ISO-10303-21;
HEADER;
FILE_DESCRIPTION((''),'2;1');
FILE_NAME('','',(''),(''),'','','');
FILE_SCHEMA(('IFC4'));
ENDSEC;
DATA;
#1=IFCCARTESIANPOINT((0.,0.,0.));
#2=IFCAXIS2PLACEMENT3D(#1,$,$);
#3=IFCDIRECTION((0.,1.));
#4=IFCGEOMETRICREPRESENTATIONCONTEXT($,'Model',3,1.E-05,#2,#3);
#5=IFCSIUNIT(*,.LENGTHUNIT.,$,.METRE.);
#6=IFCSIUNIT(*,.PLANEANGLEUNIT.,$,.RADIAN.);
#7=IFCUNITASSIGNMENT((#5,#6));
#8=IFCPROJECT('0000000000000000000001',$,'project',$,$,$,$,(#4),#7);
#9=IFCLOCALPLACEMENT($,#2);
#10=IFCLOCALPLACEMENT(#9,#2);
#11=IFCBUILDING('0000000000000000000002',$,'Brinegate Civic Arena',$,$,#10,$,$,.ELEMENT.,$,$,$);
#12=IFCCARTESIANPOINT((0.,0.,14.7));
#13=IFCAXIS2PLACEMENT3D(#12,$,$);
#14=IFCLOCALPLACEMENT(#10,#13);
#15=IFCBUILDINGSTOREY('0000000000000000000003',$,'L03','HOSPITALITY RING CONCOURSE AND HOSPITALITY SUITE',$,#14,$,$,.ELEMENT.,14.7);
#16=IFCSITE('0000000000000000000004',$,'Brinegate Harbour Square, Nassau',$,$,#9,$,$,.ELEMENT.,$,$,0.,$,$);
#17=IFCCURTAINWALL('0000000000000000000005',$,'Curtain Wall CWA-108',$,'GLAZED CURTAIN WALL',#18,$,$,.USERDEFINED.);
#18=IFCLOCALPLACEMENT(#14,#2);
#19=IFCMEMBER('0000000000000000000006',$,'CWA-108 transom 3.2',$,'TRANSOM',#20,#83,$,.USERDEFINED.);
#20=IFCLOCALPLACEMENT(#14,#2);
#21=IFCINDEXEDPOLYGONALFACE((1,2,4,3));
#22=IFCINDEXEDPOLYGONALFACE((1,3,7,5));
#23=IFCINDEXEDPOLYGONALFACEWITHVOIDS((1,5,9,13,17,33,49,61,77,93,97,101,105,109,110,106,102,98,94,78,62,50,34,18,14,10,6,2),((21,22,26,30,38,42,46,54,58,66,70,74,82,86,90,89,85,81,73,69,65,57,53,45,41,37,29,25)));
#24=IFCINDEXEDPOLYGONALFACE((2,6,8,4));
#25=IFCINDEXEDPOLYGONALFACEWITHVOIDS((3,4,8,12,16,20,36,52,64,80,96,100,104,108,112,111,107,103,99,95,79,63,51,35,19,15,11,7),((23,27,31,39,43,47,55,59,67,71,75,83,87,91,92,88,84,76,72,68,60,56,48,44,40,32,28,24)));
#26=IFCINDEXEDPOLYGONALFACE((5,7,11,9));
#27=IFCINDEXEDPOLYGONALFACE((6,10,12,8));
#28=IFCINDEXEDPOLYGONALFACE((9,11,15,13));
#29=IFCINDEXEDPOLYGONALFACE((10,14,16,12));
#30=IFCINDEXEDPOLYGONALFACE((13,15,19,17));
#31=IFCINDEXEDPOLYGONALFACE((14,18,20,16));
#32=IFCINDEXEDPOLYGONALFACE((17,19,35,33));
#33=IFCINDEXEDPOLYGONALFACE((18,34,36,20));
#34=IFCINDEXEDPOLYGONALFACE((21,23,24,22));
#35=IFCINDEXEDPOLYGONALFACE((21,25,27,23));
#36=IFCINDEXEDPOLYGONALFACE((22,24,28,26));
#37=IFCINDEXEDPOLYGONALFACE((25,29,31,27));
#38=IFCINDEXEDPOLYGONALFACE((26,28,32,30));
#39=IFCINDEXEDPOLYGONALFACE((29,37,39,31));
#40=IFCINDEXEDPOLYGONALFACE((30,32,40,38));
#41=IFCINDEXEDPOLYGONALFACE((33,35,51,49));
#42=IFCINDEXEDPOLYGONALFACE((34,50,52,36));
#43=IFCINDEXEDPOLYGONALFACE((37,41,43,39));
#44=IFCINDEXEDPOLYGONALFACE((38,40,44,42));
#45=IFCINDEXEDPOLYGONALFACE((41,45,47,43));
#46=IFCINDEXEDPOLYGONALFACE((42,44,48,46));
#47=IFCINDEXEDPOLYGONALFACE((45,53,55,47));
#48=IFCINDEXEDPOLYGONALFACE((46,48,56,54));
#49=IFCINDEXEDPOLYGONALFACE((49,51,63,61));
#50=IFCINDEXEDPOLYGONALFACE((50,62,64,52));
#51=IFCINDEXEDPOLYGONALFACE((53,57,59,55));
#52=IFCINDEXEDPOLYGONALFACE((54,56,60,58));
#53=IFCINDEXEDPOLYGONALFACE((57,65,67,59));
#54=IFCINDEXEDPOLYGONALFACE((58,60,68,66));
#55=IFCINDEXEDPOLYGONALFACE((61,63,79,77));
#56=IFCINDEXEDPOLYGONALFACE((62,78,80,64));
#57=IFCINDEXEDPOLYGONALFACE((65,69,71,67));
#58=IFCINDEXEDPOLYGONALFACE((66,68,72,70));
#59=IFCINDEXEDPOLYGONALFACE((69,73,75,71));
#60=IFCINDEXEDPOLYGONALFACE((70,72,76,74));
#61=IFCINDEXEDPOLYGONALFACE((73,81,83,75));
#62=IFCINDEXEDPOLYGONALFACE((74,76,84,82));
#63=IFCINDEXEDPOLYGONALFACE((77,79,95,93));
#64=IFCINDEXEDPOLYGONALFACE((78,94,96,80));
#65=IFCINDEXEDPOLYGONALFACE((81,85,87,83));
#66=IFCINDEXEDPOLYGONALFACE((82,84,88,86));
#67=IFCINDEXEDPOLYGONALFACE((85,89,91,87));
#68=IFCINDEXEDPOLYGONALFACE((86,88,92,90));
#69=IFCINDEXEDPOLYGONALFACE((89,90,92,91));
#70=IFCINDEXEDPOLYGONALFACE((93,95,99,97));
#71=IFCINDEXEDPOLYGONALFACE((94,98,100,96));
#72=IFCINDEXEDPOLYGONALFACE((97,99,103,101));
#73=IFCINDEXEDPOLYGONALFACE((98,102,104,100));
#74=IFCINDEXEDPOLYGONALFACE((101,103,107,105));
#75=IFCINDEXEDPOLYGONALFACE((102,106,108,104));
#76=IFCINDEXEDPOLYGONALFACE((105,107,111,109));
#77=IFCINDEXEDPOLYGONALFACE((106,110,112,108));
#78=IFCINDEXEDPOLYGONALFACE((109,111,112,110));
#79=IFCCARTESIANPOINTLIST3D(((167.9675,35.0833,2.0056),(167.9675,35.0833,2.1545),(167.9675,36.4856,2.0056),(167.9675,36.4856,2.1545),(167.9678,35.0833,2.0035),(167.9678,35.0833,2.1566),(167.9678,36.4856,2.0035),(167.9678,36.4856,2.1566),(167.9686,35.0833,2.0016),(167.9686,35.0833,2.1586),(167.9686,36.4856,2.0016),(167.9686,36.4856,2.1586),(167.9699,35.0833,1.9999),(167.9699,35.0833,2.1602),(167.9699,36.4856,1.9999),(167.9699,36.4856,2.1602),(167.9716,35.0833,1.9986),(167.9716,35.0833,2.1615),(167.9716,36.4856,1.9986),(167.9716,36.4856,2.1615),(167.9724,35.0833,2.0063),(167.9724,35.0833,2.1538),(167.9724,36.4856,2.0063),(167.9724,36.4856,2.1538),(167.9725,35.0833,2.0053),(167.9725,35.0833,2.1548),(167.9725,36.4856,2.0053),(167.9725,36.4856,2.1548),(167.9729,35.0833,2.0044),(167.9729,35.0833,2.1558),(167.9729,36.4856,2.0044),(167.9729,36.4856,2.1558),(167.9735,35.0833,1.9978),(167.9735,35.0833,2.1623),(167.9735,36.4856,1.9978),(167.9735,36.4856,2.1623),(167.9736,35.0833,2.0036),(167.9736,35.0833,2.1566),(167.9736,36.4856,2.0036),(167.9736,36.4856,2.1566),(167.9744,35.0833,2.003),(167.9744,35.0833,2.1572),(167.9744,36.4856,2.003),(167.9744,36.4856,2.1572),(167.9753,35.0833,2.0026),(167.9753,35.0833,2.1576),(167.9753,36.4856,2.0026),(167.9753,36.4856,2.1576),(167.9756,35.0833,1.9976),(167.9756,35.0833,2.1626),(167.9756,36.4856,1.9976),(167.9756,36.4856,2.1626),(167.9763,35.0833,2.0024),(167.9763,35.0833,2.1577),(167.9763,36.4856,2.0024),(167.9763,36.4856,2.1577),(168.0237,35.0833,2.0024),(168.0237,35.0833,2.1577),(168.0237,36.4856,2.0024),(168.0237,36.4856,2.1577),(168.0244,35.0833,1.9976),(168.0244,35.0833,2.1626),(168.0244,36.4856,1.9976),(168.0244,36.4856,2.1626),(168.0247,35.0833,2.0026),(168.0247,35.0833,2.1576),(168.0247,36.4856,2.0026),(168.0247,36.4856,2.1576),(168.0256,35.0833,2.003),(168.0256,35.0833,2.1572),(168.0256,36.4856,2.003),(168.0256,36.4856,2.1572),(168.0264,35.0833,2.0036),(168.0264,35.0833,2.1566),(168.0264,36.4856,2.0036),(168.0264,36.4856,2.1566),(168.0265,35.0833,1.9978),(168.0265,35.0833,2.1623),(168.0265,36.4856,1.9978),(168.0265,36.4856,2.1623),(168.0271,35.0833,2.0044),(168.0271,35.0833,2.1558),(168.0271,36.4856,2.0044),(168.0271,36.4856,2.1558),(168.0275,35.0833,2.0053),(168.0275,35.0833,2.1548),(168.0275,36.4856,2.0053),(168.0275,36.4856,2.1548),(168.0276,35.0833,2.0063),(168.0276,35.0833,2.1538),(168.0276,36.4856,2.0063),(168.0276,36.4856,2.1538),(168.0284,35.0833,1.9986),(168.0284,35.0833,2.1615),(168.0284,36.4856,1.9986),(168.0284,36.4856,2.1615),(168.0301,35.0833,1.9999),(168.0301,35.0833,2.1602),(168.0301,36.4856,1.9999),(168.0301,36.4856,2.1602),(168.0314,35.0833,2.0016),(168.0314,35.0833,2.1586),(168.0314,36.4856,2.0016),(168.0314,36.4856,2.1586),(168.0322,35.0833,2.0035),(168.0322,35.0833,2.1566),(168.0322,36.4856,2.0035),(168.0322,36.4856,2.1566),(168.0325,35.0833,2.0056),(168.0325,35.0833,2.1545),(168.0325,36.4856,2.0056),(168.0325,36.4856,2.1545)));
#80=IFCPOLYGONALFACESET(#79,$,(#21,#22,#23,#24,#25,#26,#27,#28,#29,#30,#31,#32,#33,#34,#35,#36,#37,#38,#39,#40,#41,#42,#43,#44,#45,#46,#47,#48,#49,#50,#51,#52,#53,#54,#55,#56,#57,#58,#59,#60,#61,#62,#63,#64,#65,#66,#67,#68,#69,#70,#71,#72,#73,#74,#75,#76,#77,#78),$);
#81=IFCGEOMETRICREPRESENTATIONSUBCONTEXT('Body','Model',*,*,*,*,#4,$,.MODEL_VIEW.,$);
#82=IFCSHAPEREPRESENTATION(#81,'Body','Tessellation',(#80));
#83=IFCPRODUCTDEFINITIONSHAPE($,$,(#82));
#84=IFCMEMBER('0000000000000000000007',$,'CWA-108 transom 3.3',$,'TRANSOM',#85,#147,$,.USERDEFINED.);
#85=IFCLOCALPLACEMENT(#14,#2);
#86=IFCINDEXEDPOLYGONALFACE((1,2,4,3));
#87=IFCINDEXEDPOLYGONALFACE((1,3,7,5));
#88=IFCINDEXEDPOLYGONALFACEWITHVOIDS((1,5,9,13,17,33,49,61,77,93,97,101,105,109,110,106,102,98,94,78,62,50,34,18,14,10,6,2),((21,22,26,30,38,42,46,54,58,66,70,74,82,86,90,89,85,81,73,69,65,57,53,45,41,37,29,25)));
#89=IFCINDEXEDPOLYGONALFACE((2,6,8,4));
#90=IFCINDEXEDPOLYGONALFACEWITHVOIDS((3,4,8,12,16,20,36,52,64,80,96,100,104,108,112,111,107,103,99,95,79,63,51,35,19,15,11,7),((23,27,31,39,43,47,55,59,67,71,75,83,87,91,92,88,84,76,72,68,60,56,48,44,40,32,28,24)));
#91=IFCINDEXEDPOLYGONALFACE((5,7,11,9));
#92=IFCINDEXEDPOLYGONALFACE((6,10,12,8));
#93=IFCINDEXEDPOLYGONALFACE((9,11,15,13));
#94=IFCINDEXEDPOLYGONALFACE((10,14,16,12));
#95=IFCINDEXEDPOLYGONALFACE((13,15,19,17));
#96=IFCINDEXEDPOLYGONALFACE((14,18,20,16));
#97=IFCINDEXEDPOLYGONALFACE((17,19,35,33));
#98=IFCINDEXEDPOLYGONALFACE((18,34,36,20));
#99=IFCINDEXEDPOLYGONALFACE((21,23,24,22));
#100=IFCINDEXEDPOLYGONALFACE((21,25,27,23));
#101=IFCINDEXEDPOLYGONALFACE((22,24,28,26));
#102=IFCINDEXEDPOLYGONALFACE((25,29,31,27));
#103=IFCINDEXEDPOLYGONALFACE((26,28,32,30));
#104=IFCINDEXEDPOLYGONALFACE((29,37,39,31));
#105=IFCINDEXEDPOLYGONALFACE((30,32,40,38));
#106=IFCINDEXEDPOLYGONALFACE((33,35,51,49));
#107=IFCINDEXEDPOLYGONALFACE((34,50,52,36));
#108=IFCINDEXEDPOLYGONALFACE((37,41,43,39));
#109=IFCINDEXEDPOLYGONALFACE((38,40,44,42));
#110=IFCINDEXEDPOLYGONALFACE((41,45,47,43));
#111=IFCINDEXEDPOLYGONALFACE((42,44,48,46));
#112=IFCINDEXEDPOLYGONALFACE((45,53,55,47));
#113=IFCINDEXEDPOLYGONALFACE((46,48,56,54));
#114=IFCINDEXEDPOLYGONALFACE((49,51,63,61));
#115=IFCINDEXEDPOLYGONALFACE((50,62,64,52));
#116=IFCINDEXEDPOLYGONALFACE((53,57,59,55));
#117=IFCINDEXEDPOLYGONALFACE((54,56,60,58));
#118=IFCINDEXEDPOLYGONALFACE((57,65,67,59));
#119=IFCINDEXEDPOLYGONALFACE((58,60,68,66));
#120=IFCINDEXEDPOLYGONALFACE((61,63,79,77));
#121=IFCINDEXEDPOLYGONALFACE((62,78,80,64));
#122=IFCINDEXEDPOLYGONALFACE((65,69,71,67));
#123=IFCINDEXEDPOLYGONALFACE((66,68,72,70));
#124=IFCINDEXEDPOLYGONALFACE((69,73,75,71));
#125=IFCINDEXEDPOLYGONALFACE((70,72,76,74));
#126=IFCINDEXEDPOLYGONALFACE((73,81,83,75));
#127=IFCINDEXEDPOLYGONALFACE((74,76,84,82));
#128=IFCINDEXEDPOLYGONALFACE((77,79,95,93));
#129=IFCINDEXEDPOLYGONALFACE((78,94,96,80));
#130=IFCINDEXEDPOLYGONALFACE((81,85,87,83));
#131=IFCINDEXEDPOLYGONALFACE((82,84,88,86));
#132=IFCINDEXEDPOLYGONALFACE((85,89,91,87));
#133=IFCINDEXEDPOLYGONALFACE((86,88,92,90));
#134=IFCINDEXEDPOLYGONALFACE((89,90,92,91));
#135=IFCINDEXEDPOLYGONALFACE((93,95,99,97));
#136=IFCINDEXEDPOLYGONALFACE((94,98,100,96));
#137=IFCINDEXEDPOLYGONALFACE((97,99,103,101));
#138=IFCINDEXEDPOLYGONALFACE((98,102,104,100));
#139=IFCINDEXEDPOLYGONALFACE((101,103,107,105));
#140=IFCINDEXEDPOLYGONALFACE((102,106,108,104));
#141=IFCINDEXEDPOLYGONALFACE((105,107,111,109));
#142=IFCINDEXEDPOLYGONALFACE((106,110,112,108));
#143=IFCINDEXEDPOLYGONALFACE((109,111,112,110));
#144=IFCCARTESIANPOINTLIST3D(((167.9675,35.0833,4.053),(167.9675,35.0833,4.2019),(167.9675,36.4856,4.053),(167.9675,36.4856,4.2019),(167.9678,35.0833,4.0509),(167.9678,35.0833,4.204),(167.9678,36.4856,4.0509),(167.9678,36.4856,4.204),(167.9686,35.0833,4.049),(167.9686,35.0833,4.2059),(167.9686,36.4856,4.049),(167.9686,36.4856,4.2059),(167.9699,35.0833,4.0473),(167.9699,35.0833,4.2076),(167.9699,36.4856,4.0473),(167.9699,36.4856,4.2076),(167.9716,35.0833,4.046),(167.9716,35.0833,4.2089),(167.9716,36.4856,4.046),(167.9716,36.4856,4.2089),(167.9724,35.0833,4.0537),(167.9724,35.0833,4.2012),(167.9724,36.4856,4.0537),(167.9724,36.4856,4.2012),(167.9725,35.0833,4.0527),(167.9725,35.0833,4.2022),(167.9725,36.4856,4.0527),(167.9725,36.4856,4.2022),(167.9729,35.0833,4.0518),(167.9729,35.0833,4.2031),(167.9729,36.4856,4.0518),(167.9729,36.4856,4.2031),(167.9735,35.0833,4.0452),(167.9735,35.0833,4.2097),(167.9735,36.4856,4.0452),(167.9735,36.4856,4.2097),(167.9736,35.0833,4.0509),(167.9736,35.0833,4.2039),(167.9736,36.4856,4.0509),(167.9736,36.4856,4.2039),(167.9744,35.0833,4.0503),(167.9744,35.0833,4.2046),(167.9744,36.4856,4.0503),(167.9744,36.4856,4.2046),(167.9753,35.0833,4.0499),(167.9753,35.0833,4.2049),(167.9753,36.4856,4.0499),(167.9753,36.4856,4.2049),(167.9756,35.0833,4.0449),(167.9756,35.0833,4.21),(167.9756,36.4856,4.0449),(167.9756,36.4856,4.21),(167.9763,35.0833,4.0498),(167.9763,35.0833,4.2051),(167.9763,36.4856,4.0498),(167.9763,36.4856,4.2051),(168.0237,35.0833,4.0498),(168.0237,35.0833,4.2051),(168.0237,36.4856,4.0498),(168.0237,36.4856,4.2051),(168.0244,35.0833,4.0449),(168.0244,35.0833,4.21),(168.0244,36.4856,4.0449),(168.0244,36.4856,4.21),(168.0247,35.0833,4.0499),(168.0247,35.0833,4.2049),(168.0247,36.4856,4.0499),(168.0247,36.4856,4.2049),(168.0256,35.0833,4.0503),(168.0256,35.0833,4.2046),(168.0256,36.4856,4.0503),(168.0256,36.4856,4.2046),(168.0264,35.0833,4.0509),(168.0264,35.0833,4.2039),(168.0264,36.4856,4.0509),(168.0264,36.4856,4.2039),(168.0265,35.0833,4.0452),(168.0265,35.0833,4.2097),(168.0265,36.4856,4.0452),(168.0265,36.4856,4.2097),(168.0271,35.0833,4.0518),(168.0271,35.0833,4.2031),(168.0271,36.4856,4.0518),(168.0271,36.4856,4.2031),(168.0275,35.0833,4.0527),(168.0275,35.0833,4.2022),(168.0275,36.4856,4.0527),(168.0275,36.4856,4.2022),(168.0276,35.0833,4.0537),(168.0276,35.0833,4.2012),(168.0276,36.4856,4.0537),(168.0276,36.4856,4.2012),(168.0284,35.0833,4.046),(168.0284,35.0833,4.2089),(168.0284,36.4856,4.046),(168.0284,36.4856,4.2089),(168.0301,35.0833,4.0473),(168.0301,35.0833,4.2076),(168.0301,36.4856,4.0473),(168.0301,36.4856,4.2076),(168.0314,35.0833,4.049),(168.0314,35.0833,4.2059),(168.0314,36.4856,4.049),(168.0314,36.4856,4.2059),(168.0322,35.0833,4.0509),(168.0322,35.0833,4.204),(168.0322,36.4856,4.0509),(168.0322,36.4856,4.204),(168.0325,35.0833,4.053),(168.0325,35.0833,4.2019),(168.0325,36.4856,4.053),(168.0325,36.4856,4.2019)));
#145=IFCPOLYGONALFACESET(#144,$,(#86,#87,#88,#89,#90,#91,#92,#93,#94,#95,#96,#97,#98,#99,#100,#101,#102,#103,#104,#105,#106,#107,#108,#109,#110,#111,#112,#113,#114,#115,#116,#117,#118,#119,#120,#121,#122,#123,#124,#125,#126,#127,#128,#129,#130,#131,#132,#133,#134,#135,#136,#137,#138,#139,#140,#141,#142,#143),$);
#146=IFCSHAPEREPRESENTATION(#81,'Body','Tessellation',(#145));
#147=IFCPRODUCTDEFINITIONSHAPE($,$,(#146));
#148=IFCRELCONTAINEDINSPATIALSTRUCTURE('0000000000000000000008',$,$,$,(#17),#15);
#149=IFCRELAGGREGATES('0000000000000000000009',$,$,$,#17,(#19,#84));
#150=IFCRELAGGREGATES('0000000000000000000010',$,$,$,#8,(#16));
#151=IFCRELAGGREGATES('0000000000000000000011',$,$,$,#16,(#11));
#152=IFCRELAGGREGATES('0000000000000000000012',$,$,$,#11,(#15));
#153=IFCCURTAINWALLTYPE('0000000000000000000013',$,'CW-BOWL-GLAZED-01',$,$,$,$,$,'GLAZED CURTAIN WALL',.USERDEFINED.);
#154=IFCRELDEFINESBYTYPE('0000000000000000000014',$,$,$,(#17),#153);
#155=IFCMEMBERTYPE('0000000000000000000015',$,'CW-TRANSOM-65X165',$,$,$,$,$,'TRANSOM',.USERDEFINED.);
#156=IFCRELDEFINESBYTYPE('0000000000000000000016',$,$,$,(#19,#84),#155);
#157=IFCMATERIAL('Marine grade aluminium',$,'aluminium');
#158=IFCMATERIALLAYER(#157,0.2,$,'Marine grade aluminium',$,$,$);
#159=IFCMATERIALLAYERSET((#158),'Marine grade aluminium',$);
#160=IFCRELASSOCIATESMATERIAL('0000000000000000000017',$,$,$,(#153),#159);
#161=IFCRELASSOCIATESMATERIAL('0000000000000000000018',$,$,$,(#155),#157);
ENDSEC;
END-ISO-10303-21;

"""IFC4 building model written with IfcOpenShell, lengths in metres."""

from ifc_helpers import new_model, si_unit, direction, frame, origin, origin_2d, place, context, subcontext, project, spatial, hollow_rectangle, extrude, material, layer, layer_set, material_profile, profile_set, type_object, element, aggregate, save


model = new_model("IFC4")

# Units and contexts
model_context = context("Model", 3, precision=1e-05, world=origin(), true_north=direction((0.0, 1.0)))
body_context = subcontext(model_context, "Body", "Model", "MODEL_VIEW")
ifc_project = project(units=[si_unit("LENGTHUNIT", "METRE"), si_unit("PLANEANGLEUNIT", "RADIAN")], contexts=[model_context])

# Site, building, storey
site_placement = place(None, origin())
site = spatial("IfcSite", under=ifc_project, at=site_placement, Name="Brinegate Harbour Square, Nassau", CompositionType="ELEMENT", RefElevation=0.0)
building_placement = place(site_placement, origin())
building = spatial("IfcBuilding", under=site, at=building_placement, Name="Brinegate Civic Arena", CompositionType="ELEMENT")
storey_placement = place(building_placement, frame((0.0, 0.0, 14.7)))
storey = spatial("IfcBuildingStorey", under=building, at=storey_placement, Name="L03", Description="HOSPITALITY RING CONCOURSE AND HOSPITALITY SUITE", CompositionType="ELEMENT", Elevation=14.7)

# Curtain wall, members
ifc_material_1 = material(Name="Marine grade aluminium", Category="aluminium")
ifc_layer_1 = layer(ifc_material_1, 0.2, Name="Marine grade aluminium")
ifc_layer_set_1 = layer_set([ifc_layer_1], Name="Marine grade aluminium")
curtain_wall_type = type_object("IfcCurtainWallType", Name="CW-BOWL-GLAZED-01", ElementType="GLAZED CURTAIN WALL", PredefinedType="USERDEFINED", material=ifc_layer_set_1)
curtain_wall_placement = place(storey_placement, origin())
curtain_wall = element("IfcCurtainWall", 1, at=curtain_wall_placement, inside=storey, type_object=curtain_wall_type, Name="Curtain Wall CWA-108", ObjectType="GLAZED CURTAIN WALL", PredefinedType="USERDEFINED")
ifc_material_profile_1 = material_profile(ifc_material_1, hollow_rectangle(XDim=0.0649, YDim=0.165, WallThickness=0.0049, InnerFilletRadius=0.0039, OuterFilletRadius=0.0081, at=origin_2d()), Name="TRN65X165")
ifc_profile_set_1 = profile_set([ifc_material_profile_1], Name="Marine grade aluminium")
member_type_1 = type_object("IfcMemberType", Name="CW-TRANSOM-65X165", ElementType="TRANSOM", PredefinedType="USERDEFINED", material=ifc_profile_set_1)
member_1_placement = place(storey_placement, frame((168.0, 35.0833, 2.0801), z_axis=(0.0, 1.0, 0.0), x_axis=(-1.0, 0.0, 0.0)))
member_1 = element("IfcMember", 2, at=member_1_placement, type_object=member_type_1, Name="CWA-108 transom 3.2", ObjectType="TRANSOM", PredefinedType="USERDEFINED", context=body_context, shape_type="SweptSolid", body=[
    extrude(hollow_rectangle(XDim=0.0649, YDim=0.165, WallThickness=0.0049, InnerFilletRadius=0.0039, OuterFilletRadius=0.0081, at=origin_2d()), origin(), (0.0, 0.0, 1.0), 1.4023),
])
member_2_placement = place(storey_placement, frame((168.0, 35.0833, 4.1274), z_axis=(0.0, 1.0, 0.0), x_axis=(-1.0, 0.0, 0.0)))
member_2 = element("IfcMember", 3, at=member_2_placement, type_object=member_type_1, Name="CWA-108 transom 3.3", ObjectType="TRANSOM", PredefinedType="USERDEFINED", context=body_context, shape_type="SweptSolid", body=[
    extrude(hollow_rectangle(XDim=0.0649, YDim=0.165, WallThickness=0.0049, InnerFilletRadius=0.0039, OuterFilletRadius=0.0081, at=origin_2d()), origin(), (0.0, 0.0, 1.0), 1.4023),
])
aggregate(curtain_wall, [member_1, member_2])

save(model, "model.ifc")
